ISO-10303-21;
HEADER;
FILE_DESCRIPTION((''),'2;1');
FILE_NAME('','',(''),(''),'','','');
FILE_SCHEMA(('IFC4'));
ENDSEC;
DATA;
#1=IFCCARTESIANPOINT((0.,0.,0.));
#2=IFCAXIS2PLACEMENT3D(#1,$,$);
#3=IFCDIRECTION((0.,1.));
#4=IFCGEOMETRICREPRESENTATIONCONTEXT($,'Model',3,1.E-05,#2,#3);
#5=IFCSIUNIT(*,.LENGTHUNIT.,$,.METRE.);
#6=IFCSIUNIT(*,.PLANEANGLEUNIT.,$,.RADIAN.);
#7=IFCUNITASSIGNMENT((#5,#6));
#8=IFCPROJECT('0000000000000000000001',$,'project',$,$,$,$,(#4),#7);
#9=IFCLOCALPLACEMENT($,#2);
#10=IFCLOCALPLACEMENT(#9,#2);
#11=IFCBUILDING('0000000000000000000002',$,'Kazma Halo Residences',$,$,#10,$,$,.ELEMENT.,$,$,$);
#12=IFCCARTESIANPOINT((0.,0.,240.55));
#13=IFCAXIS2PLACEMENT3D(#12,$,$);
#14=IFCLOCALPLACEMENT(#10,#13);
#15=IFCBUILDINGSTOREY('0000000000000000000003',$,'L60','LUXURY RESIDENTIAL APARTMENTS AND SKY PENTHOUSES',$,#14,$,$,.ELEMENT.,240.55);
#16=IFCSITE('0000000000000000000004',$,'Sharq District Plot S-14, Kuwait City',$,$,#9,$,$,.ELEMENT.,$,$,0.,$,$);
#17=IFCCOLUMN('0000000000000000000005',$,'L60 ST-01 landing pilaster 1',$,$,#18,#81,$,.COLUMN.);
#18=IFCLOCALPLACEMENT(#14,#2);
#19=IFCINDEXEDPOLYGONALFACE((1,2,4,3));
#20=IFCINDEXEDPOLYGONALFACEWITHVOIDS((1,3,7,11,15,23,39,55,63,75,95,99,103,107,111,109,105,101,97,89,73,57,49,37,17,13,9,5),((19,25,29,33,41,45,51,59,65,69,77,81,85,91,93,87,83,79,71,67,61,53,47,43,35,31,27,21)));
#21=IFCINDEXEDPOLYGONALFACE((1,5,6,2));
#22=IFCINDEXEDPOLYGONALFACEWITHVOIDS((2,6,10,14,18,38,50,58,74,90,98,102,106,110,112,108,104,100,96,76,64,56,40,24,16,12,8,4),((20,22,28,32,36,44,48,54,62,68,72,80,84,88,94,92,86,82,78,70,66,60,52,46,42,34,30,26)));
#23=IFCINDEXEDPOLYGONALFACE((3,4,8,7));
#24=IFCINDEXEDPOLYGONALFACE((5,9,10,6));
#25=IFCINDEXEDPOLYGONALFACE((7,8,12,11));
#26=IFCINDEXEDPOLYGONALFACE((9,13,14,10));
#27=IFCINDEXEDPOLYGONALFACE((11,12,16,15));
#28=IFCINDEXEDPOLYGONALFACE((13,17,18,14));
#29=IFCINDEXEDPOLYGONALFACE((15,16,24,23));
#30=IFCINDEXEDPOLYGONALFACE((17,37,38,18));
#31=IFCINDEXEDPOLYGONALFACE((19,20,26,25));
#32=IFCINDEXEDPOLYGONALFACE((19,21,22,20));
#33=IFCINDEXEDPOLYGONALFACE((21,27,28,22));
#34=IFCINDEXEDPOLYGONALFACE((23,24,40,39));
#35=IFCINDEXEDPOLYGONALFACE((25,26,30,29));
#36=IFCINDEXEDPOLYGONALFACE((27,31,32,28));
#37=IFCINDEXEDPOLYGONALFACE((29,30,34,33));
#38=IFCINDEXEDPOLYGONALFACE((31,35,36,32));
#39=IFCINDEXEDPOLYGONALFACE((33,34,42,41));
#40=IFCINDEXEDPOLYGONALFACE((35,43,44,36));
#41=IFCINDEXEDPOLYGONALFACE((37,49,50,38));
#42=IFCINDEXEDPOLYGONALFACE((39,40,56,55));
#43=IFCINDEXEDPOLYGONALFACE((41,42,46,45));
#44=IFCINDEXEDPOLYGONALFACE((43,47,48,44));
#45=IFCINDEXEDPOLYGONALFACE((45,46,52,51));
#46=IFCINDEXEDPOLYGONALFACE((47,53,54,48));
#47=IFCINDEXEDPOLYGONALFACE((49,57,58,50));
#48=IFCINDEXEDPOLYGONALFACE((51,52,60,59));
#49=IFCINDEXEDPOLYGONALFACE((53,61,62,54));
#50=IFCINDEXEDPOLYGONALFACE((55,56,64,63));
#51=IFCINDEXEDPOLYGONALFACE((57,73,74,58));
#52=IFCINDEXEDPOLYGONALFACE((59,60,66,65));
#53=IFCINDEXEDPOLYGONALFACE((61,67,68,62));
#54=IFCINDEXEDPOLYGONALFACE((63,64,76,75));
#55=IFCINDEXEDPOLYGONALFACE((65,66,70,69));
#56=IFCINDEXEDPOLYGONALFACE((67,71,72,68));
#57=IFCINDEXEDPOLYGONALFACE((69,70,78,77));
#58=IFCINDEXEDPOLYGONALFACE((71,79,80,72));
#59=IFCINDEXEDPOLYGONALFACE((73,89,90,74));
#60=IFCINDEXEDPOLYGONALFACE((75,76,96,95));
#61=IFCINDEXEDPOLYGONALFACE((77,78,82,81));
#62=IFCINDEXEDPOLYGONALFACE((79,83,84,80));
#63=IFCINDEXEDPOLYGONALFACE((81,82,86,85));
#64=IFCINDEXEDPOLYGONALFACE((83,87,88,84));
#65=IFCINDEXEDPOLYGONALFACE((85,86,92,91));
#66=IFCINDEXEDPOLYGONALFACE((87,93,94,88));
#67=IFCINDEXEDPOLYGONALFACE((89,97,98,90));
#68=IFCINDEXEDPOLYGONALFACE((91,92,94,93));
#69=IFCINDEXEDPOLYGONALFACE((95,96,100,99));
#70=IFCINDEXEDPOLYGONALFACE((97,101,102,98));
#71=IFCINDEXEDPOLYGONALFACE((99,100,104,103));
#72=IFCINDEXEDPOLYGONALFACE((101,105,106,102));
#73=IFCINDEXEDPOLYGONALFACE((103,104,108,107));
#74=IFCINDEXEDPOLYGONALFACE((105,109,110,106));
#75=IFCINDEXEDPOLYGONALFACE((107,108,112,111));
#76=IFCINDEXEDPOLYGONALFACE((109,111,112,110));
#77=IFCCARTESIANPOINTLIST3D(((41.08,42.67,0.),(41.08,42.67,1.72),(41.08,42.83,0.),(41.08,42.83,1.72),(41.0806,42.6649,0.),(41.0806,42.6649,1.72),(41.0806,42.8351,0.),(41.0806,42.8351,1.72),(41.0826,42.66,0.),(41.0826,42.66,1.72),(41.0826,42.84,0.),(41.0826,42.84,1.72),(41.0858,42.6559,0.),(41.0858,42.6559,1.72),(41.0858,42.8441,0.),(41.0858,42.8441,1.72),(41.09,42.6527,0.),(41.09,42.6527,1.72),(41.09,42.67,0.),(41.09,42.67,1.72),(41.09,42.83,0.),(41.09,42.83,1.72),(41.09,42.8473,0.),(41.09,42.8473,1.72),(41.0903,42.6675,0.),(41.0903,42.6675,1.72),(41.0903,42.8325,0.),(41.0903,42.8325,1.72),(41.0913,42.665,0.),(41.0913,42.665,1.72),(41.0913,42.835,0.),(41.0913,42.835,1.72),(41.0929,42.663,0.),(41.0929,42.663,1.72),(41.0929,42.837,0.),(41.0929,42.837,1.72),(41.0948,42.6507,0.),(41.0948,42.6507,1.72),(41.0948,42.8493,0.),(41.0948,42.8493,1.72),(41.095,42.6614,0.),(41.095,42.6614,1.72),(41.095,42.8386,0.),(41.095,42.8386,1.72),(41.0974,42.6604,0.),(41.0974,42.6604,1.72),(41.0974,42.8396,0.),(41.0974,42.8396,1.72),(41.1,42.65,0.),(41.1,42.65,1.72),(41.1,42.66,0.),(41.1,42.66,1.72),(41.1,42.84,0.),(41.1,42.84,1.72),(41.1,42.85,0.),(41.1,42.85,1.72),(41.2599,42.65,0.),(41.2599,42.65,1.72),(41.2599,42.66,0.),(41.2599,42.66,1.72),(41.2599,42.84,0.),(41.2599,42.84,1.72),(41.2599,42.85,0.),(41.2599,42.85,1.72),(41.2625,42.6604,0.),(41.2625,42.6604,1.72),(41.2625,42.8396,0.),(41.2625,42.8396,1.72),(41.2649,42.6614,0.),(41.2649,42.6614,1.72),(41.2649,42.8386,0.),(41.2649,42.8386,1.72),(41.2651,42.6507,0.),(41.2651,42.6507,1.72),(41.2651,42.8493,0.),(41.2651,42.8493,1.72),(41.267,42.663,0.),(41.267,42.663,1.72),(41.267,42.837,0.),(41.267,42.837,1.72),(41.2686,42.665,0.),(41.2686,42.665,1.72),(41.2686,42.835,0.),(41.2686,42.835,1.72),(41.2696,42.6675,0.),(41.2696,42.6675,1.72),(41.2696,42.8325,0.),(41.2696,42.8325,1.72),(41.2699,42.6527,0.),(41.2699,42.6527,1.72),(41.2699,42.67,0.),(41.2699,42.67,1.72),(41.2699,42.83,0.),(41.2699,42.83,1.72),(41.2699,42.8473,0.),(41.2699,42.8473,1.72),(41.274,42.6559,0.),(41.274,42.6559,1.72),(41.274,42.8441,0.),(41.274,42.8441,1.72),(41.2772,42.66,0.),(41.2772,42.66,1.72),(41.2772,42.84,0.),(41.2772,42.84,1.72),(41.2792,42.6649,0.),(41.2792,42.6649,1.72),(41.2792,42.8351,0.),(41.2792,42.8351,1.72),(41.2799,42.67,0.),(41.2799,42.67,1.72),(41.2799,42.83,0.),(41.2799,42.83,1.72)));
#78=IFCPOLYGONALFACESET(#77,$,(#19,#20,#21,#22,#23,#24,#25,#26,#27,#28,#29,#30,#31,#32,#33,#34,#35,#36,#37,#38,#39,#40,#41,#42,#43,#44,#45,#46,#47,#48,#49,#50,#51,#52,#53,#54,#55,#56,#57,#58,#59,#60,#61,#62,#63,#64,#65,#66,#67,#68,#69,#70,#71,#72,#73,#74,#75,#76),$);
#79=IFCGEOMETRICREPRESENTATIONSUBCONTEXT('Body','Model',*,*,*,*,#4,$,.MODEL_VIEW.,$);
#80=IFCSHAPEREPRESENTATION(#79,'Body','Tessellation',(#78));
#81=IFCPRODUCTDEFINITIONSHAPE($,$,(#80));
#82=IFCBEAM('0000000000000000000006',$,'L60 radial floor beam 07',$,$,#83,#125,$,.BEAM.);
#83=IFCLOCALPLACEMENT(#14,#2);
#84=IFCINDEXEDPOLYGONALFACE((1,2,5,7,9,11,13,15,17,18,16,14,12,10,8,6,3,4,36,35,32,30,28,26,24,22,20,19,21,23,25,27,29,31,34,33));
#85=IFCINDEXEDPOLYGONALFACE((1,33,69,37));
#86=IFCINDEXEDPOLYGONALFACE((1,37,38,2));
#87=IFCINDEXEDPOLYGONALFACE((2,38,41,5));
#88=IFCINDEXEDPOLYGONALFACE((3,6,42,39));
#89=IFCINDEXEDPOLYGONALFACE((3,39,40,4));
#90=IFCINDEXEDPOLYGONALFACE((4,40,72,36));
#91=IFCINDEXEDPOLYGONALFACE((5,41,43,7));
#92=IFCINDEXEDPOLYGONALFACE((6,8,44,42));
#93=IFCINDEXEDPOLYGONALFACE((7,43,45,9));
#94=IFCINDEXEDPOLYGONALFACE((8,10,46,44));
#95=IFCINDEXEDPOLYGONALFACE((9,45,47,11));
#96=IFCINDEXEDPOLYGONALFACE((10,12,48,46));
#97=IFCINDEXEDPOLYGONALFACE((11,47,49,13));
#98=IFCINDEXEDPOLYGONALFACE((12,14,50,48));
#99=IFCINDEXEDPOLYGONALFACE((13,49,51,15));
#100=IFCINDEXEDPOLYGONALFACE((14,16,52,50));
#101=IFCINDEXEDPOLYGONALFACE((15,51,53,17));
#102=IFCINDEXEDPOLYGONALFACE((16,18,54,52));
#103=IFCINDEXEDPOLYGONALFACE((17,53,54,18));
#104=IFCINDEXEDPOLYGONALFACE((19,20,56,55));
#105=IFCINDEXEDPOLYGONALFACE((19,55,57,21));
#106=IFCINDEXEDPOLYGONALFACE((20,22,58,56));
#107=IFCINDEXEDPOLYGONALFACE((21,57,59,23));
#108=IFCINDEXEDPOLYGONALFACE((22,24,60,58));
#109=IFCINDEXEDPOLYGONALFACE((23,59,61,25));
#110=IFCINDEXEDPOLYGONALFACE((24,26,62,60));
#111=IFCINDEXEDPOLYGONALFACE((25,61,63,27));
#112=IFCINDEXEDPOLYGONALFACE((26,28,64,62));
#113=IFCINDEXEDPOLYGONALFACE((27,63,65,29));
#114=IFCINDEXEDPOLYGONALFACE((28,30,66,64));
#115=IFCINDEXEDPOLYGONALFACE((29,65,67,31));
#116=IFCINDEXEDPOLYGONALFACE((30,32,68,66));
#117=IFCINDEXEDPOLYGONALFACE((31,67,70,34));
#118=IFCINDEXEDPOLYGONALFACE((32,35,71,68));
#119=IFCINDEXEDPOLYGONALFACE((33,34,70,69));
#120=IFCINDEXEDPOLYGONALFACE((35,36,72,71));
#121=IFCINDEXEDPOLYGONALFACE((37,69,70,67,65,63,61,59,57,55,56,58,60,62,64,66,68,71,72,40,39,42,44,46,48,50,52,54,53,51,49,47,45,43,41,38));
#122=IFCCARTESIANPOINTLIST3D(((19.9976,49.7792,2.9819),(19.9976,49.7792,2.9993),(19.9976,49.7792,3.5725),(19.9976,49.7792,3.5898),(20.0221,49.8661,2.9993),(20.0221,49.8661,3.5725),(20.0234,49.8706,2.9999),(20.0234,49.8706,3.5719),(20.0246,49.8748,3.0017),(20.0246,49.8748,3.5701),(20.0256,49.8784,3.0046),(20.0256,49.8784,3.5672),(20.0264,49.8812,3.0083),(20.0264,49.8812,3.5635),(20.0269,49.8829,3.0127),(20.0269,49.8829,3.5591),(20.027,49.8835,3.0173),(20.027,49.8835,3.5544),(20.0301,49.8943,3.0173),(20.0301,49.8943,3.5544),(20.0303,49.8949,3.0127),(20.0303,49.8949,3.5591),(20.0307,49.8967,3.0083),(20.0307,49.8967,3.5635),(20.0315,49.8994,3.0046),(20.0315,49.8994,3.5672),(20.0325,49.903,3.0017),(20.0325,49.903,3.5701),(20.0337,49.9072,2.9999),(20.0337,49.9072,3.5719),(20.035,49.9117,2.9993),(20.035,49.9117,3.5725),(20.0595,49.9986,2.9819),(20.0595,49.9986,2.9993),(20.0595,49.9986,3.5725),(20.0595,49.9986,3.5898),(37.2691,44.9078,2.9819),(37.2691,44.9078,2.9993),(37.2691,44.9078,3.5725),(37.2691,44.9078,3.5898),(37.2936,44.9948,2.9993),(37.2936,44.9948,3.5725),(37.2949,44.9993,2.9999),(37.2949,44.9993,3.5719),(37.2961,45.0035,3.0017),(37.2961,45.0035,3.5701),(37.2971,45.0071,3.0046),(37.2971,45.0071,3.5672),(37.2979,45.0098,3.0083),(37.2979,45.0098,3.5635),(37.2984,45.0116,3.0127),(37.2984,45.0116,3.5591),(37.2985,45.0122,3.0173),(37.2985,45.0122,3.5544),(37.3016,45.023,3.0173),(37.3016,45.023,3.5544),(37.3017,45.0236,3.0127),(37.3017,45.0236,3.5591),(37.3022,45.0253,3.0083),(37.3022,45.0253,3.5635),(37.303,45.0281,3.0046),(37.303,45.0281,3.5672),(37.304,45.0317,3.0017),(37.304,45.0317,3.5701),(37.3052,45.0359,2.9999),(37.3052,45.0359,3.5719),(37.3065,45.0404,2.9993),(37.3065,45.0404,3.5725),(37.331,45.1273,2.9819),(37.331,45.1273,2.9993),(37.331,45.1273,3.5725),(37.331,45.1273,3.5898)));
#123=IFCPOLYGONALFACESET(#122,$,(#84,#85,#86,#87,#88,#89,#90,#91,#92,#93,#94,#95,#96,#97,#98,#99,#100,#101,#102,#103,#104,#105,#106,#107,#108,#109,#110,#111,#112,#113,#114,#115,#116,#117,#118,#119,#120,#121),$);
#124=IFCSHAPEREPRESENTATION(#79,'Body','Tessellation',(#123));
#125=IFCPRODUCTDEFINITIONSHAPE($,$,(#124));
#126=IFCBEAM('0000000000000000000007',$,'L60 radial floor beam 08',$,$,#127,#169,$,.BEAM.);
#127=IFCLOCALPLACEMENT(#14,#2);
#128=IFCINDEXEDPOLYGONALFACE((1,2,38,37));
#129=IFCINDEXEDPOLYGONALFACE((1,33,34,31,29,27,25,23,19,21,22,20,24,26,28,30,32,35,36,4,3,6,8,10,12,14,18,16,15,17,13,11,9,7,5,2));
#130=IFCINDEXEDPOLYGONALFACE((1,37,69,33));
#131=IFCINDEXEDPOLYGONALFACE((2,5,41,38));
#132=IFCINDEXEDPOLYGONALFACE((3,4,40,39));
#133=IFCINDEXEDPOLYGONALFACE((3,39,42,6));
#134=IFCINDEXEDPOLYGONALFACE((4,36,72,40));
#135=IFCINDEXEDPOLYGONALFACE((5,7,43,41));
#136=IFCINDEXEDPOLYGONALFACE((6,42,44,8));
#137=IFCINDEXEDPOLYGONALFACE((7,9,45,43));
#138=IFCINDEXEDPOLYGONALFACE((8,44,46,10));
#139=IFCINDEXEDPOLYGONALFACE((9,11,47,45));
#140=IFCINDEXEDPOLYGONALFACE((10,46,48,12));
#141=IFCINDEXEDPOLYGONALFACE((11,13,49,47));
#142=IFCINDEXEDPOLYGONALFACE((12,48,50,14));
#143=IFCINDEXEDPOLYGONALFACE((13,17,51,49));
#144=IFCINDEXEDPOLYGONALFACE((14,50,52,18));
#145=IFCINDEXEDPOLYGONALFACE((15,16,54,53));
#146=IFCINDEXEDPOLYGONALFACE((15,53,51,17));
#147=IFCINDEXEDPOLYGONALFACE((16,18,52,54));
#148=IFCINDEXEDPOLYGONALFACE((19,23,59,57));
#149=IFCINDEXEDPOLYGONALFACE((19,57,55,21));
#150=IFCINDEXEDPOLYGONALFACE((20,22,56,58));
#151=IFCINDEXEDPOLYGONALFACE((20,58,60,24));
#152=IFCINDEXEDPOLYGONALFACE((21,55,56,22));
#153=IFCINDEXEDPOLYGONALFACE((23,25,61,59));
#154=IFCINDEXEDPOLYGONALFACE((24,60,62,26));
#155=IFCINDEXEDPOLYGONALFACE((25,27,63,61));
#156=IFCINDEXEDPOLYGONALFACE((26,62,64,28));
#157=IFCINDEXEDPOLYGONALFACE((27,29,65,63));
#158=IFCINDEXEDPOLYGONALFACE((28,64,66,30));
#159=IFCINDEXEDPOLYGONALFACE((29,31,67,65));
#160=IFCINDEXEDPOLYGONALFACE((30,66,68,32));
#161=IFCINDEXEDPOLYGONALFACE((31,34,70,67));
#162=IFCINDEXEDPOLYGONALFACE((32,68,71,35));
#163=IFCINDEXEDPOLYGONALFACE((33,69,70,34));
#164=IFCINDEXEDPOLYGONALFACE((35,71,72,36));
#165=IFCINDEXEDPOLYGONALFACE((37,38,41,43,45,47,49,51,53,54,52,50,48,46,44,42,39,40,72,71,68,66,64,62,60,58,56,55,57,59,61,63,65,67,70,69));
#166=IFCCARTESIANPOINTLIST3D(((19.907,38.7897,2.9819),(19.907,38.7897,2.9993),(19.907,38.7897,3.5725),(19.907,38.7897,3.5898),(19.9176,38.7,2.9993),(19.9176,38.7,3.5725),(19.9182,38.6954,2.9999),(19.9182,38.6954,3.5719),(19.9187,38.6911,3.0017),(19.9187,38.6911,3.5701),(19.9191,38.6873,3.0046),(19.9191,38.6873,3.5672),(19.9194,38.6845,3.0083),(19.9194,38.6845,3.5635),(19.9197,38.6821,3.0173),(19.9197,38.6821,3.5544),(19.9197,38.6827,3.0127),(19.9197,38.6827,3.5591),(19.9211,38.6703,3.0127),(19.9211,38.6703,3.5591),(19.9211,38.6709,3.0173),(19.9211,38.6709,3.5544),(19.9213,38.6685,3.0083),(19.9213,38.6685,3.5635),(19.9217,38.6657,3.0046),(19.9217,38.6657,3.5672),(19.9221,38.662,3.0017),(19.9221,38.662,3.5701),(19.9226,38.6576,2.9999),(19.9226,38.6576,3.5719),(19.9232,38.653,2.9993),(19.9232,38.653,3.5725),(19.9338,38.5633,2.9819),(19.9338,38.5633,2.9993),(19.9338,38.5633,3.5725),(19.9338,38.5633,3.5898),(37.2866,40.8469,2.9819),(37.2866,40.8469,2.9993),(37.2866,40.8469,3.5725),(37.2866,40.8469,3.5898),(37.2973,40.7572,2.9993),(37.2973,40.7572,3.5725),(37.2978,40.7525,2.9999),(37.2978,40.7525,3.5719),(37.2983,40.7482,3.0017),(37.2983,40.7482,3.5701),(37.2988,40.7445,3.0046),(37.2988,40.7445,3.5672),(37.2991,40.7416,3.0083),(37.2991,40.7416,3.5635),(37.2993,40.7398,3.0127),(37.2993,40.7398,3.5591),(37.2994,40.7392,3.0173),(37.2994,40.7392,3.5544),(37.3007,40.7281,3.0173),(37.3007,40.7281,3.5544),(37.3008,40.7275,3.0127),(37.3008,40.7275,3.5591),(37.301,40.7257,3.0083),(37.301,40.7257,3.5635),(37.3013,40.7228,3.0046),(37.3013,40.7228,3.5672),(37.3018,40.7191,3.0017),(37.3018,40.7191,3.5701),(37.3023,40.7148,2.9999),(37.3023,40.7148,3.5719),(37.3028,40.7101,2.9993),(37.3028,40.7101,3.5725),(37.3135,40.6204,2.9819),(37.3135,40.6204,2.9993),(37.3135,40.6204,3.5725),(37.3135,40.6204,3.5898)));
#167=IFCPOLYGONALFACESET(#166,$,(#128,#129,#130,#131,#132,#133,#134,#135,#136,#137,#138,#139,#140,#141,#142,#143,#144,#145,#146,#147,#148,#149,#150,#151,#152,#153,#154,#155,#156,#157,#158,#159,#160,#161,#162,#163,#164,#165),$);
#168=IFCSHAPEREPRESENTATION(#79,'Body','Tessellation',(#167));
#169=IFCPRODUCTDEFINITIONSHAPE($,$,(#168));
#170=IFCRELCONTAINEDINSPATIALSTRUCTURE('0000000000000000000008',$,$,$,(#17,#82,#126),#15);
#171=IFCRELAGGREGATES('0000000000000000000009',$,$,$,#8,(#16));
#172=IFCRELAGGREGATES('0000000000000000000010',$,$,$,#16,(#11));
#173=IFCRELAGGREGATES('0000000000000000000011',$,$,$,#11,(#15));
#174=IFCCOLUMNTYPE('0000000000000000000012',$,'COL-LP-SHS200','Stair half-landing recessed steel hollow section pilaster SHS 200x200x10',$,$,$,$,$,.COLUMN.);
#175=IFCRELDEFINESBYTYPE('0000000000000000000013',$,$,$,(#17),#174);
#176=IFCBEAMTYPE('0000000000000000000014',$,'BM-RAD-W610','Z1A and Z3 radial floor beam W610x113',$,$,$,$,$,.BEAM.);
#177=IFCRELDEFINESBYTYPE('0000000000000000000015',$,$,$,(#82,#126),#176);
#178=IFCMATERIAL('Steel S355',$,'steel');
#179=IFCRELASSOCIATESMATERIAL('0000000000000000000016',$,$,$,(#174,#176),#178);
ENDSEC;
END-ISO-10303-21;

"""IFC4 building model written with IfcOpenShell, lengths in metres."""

from ifc_helpers import new_model, si_unit, direction, frame, origin, origin_2d, place, context, subcontext, project, spatial, hollow_rectangle, i_section, extrude, material, material_profile, profile_set, type_object, element, save


model = new_model("IFC4")

# Units and contexts
model_context = context("Model", 3, precision=1e-05, world=origin(), true_north=direction((0.0, 1.0)))
body_context = subcontext(model_context, "Body", "Model", "MODEL_VIEW")
ifc_project = project(units=[si_unit("LENGTHUNIT", "METRE"), si_unit("PLANEANGLEUNIT", "RADIAN")], contexts=[model_context])

# Site, building, storey
site_placement = place(None, origin())
site = spatial("IfcSite", under=ifc_project, at=site_placement, Name="Sharq District Plot S-14, Kuwait City", CompositionType="ELEMENT", RefElevation=0.0)
building_placement = place(site_placement, origin())
building = spatial("IfcBuilding", under=site, at=building_placement, Name="Kazma Halo Residences", CompositionType="ELEMENT")
storey_placement = place(building_placement, frame((0.0, 0.0, 240.55)))
storey = spatial("IfcBuildingStorey", under=building, at=storey_placement, Name="L60", Description="LUXURY RESIDENTIAL APARTMENTS AND SKY PENTHOUSES", CompositionType="ELEMENT", Elevation=240.55)

# Column
ifc_material_1 = material(Name="Steel S355", Category="steel")
ifc_material_profile_1 = material_profile(ifc_material_1, hollow_rectangle(XDim=0.2, YDim=0.2, WallThickness=0.01, InnerFilletRadius=0.01, OuterFilletRadius=0.02, at=origin_2d()), Name="SHS200x200x10")
ifc_profile_set_1 = profile_set([ifc_material_profile_1], Name="Steel S355")
column_type = type_object("IfcColumnType", Name="COL-LP-SHS200", Description="Stair half-landing recessed steel hollow section pilaster SHS 200x200x10", PredefinedType="COLUMN", material=ifc_profile_set_1)
column_placement = place(storey_placement, frame((41.1799, 42.75, 0.0), z_axis=(0.0, 0.0, 1.0), x_axis=(1.0, 0.0, 0.0)))
element("IfcColumn", 1, at=column_placement, inside=storey, type_object=column_type, Name="L60 ST-01 landing pilaster 1", PredefinedType="COLUMN", context=body_context, shape_type="SweptSolid", body=[
    extrude(hollow_rectangle(XDim=0.2, YDim=0.2, WallThickness=0.01, InnerFilletRadius=0.01, OuterFilletRadius=0.02, at=origin_2d()), origin(), (0.0, 0.0, 1.0), 1.72),
])

# Beams
ifc_material_profile_2 = material_profile(ifc_material_1, i_section(OverallWidth=0.228, OverallDepth=0.6079, WebThickness=0.0112, FlangeThickness=0.0173, FilletRadius=0.0181, at=origin_2d()), Name="W610x113")
ifc_profile_set_2 = profile_set([ifc_material_profile_2], Name="Steel S355")
beam_type_1 = type_object("IfcBeamType", Name="BM-RAD-W610", Description="Z1A and Z3 radial floor beam W610x113", PredefinedType="BEAM", material=ifc_profile_set_2)
beam_1_placement = place(storey_placement, frame((37.3, 45.0176, 3.2859), z_axis=(-0.962451, 0.271455, 0.0), x_axis=(-0.271455, -0.962451, 0.0)))
element("IfcBeam", 2, at=beam_1_placement, inside=storey, type_object=beam_type_1, Name="L60 radial floor beam 07", PredefinedType="BEAM", context=body_context, shape_type="SweptSolid", body=[
    extrude(i_section(OverallWidth=0.228, OverallDepth=0.6079, WebThickness=0.0112, FlangeThickness=0.0173, FilletRadius=0.0181, at=origin_2d()), origin(), (0.0, 0.0, 1.0), 17.9453),
])
beam_2_placement = place(storey_placement, frame((37.3, 40.7336, 3.2859), z_axis=(-0.993068, -0.117544, 0.0), x_axis=(0.117544, -0.993068, 0.0)))
element("IfcBeam", 3, at=beam_2_placement, inside=storey, type_object=beam_type_1, Name="L60 radial floor beam 08", PredefinedType="BEAM", context=body_context, shape_type="SweptSolid", body=[
    extrude(i_section(OverallWidth=0.228, OverallDepth=0.6079, WebThickness=0.0112, FlangeThickness=0.0173, FilletRadius=0.0181, at=origin_2d()), origin(), (0.0, 0.0, 1.0), 17.501),
])

save(model, "model.ifc")
